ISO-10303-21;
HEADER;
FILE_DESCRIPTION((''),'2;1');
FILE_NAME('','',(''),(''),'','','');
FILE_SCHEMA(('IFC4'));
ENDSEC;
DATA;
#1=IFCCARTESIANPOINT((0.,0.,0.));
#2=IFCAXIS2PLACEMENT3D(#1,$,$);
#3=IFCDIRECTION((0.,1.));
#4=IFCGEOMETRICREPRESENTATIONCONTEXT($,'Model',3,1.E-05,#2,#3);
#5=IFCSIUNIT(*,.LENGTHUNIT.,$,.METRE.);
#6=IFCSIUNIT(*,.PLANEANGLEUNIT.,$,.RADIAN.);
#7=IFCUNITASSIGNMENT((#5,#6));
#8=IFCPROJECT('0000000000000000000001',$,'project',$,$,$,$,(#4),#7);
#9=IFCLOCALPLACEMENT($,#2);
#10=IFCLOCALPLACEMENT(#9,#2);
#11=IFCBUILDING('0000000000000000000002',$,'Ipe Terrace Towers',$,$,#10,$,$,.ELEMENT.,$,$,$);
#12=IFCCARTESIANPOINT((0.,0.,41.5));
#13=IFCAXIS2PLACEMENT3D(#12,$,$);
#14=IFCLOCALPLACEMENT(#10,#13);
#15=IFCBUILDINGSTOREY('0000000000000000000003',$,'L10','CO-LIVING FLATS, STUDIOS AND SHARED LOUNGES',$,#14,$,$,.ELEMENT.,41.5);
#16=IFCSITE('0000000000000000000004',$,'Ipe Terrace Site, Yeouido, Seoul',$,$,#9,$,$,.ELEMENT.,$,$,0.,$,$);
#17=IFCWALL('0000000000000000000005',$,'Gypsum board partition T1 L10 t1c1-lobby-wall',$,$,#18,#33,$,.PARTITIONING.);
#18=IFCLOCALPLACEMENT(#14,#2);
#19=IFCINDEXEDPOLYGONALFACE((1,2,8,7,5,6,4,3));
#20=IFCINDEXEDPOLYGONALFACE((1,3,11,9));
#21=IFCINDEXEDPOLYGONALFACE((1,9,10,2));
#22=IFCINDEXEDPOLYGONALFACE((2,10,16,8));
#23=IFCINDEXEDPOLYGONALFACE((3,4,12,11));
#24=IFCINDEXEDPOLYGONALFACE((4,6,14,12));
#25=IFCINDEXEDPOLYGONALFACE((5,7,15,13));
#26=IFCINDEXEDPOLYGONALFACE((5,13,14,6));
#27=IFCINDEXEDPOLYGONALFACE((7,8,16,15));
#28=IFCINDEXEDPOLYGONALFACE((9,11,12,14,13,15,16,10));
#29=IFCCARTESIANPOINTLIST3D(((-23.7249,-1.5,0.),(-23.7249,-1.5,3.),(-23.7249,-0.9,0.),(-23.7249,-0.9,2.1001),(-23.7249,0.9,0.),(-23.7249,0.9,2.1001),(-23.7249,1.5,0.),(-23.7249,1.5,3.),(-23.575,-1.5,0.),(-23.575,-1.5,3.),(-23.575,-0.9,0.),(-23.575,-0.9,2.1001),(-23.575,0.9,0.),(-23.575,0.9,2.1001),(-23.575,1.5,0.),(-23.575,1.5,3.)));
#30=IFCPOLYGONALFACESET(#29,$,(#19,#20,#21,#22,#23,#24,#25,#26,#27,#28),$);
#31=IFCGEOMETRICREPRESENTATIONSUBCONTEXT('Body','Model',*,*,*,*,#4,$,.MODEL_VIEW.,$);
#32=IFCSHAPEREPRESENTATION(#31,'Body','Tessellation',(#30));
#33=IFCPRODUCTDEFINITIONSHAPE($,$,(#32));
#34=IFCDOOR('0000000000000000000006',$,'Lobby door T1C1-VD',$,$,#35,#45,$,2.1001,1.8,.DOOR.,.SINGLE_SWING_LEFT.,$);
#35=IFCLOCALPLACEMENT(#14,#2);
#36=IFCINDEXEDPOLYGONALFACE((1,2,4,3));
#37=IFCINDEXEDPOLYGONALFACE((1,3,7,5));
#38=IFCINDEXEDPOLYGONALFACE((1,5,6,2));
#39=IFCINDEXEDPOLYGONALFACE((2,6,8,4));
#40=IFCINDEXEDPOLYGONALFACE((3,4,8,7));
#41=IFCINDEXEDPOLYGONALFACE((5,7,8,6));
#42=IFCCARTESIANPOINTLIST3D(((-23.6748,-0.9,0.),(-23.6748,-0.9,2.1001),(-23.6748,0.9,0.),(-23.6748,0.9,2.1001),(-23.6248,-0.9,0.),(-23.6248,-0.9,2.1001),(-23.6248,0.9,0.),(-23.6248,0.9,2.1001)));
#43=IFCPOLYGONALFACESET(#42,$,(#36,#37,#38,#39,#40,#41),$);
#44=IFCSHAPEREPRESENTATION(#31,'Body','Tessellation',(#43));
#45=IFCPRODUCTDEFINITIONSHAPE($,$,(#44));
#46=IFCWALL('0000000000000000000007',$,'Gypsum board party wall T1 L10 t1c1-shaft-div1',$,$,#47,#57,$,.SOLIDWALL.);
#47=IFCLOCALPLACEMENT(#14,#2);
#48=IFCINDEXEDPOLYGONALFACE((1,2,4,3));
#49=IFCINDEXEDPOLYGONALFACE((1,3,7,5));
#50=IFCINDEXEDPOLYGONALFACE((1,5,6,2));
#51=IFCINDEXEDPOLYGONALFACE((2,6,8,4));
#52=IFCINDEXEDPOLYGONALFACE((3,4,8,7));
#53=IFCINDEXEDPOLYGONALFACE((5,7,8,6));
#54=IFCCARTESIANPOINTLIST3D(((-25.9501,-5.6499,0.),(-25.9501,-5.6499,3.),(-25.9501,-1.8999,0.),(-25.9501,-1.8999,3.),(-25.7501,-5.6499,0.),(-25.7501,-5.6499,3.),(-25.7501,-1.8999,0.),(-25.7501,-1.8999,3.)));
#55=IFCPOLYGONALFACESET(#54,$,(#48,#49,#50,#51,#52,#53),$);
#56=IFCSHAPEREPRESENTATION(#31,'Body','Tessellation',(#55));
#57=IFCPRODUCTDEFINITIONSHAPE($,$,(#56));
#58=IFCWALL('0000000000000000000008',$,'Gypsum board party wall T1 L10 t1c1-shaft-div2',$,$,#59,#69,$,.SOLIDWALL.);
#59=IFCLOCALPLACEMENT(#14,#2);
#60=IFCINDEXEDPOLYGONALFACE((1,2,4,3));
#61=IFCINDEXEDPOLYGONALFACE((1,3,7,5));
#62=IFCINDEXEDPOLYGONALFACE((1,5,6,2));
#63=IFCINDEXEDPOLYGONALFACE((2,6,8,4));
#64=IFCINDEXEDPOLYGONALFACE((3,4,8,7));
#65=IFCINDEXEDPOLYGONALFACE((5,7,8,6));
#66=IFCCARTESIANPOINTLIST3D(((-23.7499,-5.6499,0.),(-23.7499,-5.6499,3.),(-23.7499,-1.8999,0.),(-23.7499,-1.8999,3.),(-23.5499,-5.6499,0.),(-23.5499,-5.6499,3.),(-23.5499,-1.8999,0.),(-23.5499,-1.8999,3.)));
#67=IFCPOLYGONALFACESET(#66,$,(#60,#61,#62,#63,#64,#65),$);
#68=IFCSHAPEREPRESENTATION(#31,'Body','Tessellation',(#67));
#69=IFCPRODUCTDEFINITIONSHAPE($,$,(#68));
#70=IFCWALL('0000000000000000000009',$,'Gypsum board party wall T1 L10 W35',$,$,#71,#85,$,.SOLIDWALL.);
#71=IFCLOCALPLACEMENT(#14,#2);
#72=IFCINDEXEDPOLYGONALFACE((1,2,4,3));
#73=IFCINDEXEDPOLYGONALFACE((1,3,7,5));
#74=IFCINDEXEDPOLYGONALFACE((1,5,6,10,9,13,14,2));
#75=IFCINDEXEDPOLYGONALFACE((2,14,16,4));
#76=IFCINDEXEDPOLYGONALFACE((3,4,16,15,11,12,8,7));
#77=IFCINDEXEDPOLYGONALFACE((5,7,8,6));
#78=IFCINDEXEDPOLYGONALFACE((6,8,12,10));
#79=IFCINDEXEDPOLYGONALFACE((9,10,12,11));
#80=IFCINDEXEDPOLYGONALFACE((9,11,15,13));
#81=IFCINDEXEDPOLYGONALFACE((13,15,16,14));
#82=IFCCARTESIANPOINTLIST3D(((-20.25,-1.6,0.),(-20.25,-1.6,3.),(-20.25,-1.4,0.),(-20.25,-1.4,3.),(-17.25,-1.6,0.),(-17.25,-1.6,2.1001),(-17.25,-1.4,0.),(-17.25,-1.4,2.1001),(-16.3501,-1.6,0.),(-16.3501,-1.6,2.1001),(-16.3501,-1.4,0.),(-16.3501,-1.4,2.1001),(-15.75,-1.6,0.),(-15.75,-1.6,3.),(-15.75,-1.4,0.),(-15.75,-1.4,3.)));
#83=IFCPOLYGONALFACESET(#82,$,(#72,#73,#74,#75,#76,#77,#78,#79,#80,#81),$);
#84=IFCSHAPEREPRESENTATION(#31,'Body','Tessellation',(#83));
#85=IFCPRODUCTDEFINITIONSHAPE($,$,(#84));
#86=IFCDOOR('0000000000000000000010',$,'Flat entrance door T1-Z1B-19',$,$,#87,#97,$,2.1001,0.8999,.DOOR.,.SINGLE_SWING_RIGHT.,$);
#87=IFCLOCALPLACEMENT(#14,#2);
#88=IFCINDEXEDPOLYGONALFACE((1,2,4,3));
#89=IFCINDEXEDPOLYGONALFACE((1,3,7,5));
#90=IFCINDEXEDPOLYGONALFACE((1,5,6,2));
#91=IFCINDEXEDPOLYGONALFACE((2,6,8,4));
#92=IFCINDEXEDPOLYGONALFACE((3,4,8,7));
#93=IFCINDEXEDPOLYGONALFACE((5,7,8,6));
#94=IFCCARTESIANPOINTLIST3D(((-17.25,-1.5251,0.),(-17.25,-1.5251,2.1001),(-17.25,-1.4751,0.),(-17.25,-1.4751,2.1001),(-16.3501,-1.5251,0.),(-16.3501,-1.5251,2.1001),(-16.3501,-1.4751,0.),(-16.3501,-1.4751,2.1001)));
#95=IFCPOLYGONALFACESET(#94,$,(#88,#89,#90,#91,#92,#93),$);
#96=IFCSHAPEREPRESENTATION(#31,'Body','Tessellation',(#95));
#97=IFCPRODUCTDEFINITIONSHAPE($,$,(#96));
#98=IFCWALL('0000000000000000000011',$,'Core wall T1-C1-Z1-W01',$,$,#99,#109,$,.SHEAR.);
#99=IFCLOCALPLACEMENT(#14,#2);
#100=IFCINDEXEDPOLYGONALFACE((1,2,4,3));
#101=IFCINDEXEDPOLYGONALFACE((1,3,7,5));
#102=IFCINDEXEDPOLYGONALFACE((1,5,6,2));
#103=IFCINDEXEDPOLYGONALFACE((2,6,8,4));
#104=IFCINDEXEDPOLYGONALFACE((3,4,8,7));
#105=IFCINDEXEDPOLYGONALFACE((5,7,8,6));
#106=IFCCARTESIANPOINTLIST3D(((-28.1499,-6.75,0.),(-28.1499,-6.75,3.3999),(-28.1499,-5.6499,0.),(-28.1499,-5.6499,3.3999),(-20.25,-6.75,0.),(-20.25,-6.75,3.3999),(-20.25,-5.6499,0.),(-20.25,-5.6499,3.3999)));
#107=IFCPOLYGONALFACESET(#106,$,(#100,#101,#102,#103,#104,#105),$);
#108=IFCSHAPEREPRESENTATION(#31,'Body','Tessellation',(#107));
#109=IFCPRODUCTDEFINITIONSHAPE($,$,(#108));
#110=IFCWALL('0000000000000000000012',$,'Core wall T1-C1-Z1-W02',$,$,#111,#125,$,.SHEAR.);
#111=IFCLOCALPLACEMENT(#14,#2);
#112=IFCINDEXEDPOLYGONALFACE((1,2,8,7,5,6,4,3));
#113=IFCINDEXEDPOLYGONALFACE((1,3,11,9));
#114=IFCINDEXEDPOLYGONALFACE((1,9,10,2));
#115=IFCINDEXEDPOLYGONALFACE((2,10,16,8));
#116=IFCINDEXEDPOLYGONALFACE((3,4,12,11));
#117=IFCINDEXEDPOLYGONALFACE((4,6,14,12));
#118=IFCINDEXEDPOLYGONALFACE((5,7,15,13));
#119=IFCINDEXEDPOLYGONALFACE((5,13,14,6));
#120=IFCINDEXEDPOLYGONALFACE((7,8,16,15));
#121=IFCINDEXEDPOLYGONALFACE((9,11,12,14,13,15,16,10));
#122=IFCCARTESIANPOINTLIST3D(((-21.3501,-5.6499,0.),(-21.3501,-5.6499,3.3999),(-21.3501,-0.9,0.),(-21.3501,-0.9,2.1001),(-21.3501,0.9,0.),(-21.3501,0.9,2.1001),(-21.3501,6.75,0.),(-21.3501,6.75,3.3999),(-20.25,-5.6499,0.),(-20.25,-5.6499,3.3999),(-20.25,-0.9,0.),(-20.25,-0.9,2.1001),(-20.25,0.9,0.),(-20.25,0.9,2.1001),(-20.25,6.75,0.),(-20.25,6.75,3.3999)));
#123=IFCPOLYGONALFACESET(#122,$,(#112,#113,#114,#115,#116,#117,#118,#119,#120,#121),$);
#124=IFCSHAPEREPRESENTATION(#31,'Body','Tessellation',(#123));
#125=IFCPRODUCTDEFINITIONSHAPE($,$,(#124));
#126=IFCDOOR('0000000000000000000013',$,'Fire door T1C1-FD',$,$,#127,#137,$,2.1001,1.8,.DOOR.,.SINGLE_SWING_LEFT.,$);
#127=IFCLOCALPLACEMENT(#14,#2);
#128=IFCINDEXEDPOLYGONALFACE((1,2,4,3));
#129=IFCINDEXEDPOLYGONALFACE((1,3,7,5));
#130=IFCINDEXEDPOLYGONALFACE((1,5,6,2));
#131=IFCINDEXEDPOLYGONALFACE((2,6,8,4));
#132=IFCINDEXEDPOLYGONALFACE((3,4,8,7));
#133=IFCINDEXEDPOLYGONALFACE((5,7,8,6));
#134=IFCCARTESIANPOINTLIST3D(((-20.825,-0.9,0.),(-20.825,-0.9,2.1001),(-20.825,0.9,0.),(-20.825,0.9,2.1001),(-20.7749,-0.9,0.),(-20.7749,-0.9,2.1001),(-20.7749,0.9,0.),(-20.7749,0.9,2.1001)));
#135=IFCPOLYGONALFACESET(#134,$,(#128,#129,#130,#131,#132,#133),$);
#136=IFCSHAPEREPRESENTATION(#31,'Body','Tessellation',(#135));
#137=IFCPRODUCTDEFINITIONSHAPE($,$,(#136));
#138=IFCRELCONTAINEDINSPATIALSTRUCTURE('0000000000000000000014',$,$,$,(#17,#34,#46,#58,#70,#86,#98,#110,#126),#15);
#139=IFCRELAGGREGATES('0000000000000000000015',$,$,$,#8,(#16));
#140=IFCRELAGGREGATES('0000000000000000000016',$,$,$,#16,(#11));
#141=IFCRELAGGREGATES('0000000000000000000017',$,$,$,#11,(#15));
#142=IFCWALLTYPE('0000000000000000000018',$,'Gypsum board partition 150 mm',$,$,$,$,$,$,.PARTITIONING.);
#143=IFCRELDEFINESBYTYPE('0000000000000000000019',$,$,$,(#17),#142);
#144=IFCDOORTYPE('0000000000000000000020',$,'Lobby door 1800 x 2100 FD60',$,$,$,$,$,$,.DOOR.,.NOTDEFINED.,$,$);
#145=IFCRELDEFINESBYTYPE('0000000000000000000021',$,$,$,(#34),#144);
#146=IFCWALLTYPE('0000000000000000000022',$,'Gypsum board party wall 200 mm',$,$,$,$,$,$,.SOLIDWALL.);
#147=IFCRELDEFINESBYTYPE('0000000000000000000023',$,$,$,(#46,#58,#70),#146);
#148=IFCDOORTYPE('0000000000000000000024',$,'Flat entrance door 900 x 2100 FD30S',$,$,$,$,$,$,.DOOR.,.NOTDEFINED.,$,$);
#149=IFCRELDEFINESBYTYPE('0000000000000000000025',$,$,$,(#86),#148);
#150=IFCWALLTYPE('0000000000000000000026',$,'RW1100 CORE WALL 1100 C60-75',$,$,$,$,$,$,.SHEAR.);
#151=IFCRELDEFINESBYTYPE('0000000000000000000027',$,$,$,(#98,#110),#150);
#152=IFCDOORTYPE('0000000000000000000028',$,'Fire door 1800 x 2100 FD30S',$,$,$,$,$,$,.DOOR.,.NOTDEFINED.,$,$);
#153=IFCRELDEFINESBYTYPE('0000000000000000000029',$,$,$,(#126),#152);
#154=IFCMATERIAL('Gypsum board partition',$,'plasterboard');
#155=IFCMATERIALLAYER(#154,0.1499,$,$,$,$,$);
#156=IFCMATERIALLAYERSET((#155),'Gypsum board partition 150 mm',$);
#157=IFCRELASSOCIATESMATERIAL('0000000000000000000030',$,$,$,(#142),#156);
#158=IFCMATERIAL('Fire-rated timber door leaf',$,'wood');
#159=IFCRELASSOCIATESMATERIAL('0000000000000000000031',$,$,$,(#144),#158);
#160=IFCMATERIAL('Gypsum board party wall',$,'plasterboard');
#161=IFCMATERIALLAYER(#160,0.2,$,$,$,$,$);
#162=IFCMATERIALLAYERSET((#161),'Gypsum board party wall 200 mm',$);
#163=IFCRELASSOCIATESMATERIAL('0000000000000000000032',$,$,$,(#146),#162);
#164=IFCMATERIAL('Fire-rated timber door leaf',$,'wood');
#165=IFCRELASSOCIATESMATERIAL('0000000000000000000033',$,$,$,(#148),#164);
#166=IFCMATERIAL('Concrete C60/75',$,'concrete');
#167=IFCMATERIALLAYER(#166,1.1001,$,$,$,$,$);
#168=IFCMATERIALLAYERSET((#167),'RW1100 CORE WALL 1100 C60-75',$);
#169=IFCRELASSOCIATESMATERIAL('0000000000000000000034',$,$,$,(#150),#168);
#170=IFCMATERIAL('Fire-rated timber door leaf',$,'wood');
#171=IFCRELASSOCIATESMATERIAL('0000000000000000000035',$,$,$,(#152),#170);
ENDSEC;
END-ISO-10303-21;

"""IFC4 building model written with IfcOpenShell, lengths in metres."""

from ifc_helpers import new_model, si_unit, direction, frame, frame_2d, origin, place, context, subcontext, project, spatial, rectangle, extrude, material, layer, layer_set, type_object, element, fill, save


model = new_model("IFC4")

# Units and contexts
model_context = context("Model", 3, precision=1e-05, world=origin(), true_north=direction((0.0, 1.0)))
body_context = subcontext(model_context, "Body", "Model", "MODEL_VIEW")
ifc_project = project(units=[si_unit("LENGTHUNIT", "METRE"), si_unit("PLANEANGLEUNIT", "RADIAN")], contexts=[model_context])

# Site, building, storey
site_placement = place(None, origin())
site = spatial("IfcSite", under=ifc_project, at=site_placement, Name="Ipe Terrace Site, Yeouido, Seoul", CompositionType="ELEMENT", RefElevation=0.0)
building_placement = place(site_placement, origin())
building = spatial("IfcBuilding", under=site, at=building_placement, Name="Ipe Terrace Towers", CompositionType="ELEMENT")
storey_placement = place(building_placement, frame((0.0, 0.0, 41.5)))
storey = spatial("IfcBuildingStorey", under=building, at=storey_placement, Name="L10", Description="CO-LIVING FLATS, STUDIOS AND SHARED LOUNGES", CompositionType="ELEMENT", Elevation=41.5)

# Wall, opening, door
ifc_material_1 = material(Name="Gypsum board partition", Category="plasterboard")
ifc_layer_1 = layer(ifc_material_1, 0.1499)
ifc_layer_set_1 = layer_set([ifc_layer_1], Name="Gypsum board partition 150 mm")
wall_type_1 = type_object("IfcWallType", Name="Gypsum board partition 150 mm", PredefinedType="PARTITIONING", material=ifc_layer_set_1)
wall_1_placement = place(storey_placement, frame((-23.6499, -1.5, 0.0), z_axis=(0.0, 0.0, 1.0), x_axis=(0.0, 1.0, 0.0)))
wall_1 = element("IfcWall", 1, at=wall_1_placement, inside=storey, type_object=wall_type_1, Name="Gypsum board partition T1 L10 t1c1-lobby-wall", PredefinedType="PARTITIONING", context=body_context, shape_type="SweptSolid", body=[
    extrude(rectangle(XDim=3.0, YDim=0.1499, at=frame_2d((1.5, 0.0))), origin(), (0.0, 0.0, 1.0), 3.0),
])
opening_1_placement = place(wall_1_placement, frame((0.6001, 0.0, 0.0)))
opening_1 = element("IfcOpeningElement", 2, at=opening_1_placement, cuts=wall_1, PredefinedType="OPENING", context=body_context, shape_type="SweptSolid", body=[
    extrude(rectangle(XDim=1.8, YDim=2.1001, at=frame_2d((0.8999, 1.05))), frame((0.0, 0.085, 0.0), z_axis=(0.0, -1.0, 0.0), x_axis=(1.0, 0.0, 0.0)), (0.0, 0.0, 1.0), 0.1699),
])
ifc_material_2 = material(Name="Fire-rated timber door leaf", Category="wood")
door_type_1 = type_object("IfcDoorType", Name="Lobby door 1800 x 2100 FD60", OperationType="NOTDEFINED", PredefinedType="DOOR", material=ifc_material_2)
door_1_placement = place(opening_1_placement, origin())
door_1 = element("IfcDoor", 3, at=door_1_placement, inside=storey, type_object=door_type_1, Name="Lobby door T1C1-VD", OperationType="SINGLE_SWING_LEFT", OverallHeight=2.1001, OverallWidth=1.8, PredefinedType="DOOR", context=body_context, shape_type="SweptSolid", body=[
    extrude(rectangle(XDim=1.8, YDim=2.1001, at=frame_2d((0.8999, 1.05))), frame((0.0, 0.0249, 0.0), z_axis=(0.0, -1.0, 0.0), x_axis=(1.0, 0.0, 0.0)), (0.0, 0.0, 1.0), 0.05),
])
fill(opening_1, door_1)

# Walls
ifc_material_3 = material(Name="Gypsum board party wall", Category="plasterboard")
ifc_layer_2 = layer(ifc_material_3, 0.2)
ifc_layer_set_2 = layer_set([ifc_layer_2], Name="Gypsum board party wall 200 mm")
wall_type_2 = type_object("IfcWallType", Name="Gypsum board party wall 200 mm", PredefinedType="SOLIDWALL", material=ifc_layer_set_2)
for number, where, z_axis, x_axis, name in (
    (4, (-25.8501, -5.6499, 0.0), (0.0, 0.0, 1.0), (0.0, 1.0, 0.0), "Gypsum board party wall T1 L10 t1c1-shaft-div1"),
    (5, (-23.6499, -5.6499, 0.0), (0.0, 0.0, 1.0), (0.0, 1.0, 0.0), "Gypsum board party wall T1 L10 t1c1-shaft-div2"),
):
    element("IfcWall", number, at=place(storey_placement, frame(where, z_axis=z_axis, x_axis=x_axis)), inside=storey, type_object=wall_type_2, Name=name, PredefinedType="SOLIDWALL", context=body_context, shape_type="SweptSolid", body=[
        extrude(rectangle(XDim=3.75, YDim=0.2, at=frame_2d((1.875, 0.0))), origin(), (0.0, 0.0, 1.0), 3.0),
    ])

# Wall, opening, door
wall_2_placement = place(storey_placement, frame((-20.25, -1.5, 0.0), z_axis=(0.0, 0.0, 1.0), x_axis=(1.0, 0.0, 0.0)))
wall_2 = element("IfcWall", 6, at=wall_2_placement, inside=storey, type_object=wall_type_2, Name="Gypsum board party wall T1 L10 W35", PredefinedType="SOLIDWALL", context=body_context, shape_type="SweptSolid", body=[
    extrude(rectangle(XDim=4.5, YDim=0.2, at=frame_2d((2.25, 0.0))), origin(), (0.0, 0.0, 1.0), 3.0),
])
opening_2_placement = place(wall_2_placement, frame((3.0, 0.0, 0.0)))
opening_2 = element("IfcOpeningElement", 7, at=opening_2_placement, cuts=wall_2, PredefinedType="OPENING", context=body_context, shape_type="SweptSolid", body=[
    extrude(rectangle(XDim=0.8999, YDim=2.1001, at=frame_2d((0.45, 1.05))), frame((0.0, 0.1099, 0.0), z_axis=(0.0, -1.0, 0.0), x_axis=(1.0, 0.0, 0.0)), (0.0, 0.0, 1.0), 0.22),
])
ifc_material_4 = material(Name="Fire-rated timber door leaf", Category="wood")
door_type_2 = type_object("IfcDoorType", Name="Flat entrance door 900 x 2100 FD30S", OperationType="NOTDEFINED", PredefinedType="DOOR", material=ifc_material_4)
door_2_placement = place(opening_2_placement, origin())
door_2 = element("IfcDoor", 8, at=door_2_placement, inside=storey, type_object=door_type_2, Name="Flat entrance door T1-Z1B-19", OperationType="SINGLE_SWING_RIGHT", OverallHeight=2.1001, OverallWidth=0.8999, PredefinedType="DOOR", context=body_context, shape_type="SweptSolid", body=[
    extrude(rectangle(XDim=0.8999, YDim=2.1001, at=frame_2d((0.45, 1.05))), frame((0.0, 0.0249, 0.0), z_axis=(0.0, -1.0, 0.0), x_axis=(1.0, 0.0, 0.0)), (0.0, 0.0, 1.0), 0.05),
])
fill(opening_2, door_2)

# Wall
ifc_material_5 = material(Name="Concrete C60/75", Category="concrete")
ifc_layer_3 = layer(ifc_material_5, 1.1001)
ifc_layer_set_3 = layer_set([ifc_layer_3], Name="RW1100 CORE WALL 1100 C60-75")
wall_type_3 = type_object("IfcWallType", Name="RW1100 CORE WALL 1100 C60-75", PredefinedType="SHEAR", material=ifc_layer_set_3)
wall_3_placement = place(storey_placement, frame((-28.1499, -6.2, 0.0), z_axis=(0.0, 0.0, 1.0), x_axis=(1.0, 0.0, 0.0)))
element("IfcWall", 9, at=wall_3_placement, inside=storey, type_object=wall_type_3, Name="Core wall T1-C1-Z1-W01", PredefinedType="SHEAR", context=body_context, shape_type="SweptSolid", body=[
    extrude(rectangle(XDim=7.8999, YDim=1.1001, at=frame_2d((3.95, 0.0))), origin(), (0.0, 0.0, 1.0), 3.3999),
])

# Wall, opening, door
wall_4_placement = place(storey_placement, frame((-20.8, -5.6499, 0.0), z_axis=(0.0, 0.0, 1.0), x_axis=(0.0, 1.0, 0.0)))
wall_4 = element("IfcWall", 10, at=wall_4_placement, inside=storey, type_object=wall_type_3, Name="Core wall T1-C1-Z1-W02", PredefinedType="SHEAR", context=body_context, shape_type="SweptSolid", body=[
    extrude(rectangle(XDim=12.3999, YDim=1.1001, at=frame_2d((6.2, 0.0))), origin(), (0.0, 0.0, 1.0), 3.3999),
])
opening_3_placement = place(wall_4_placement, frame((4.75, 0.0, 0.0)))
opening_3 = element("IfcOpeningElement", 11, at=opening_3_placement, cuts=wall_4, PredefinedType="OPENING", context=body_context, shape_type="SweptSolid", body=[
    extrude(rectangle(XDim=1.8, YDim=2.1001, at=frame_2d((0.8999, 1.05))), frame((0.0, 0.5601, 0.0), z_axis=(0.0, -1.0, 0.0), x_axis=(1.0, 0.0, 0.0)), (0.0, 0.0, 1.0), 1.1201),
])
ifc_material_6 = material(Name="Fire-rated timber door leaf", Category="wood")
door_type_3 = type_object("IfcDoorType", Name="Fire door 1800 x 2100 FD30S", OperationType="NOTDEFINED", PredefinedType="DOOR", material=ifc_material_6)
door_3_placement = place(opening_3_placement, origin())
door_3 = element("IfcDoor", 12, at=door_3_placement, inside=storey, type_object=door_type_3, Name="Fire door T1C1-FD", OperationType="SINGLE_SWING_LEFT", OverallHeight=2.1001, OverallWidth=1.8, PredefinedType="DOOR", context=body_context, shape_type="SweptSolid", body=[
    extrude(rectangle(XDim=1.8, YDim=2.1001, at=frame_2d((0.8999, 1.05))), frame((0.0, 0.0249, 0.0), z_axis=(0.0, -1.0, 0.0), x_axis=(1.0, 0.0, 0.0)), (0.0, 0.0, 1.0), 0.05),
])
fill(opening_3, door_3)

save(model, "model.ifc")
